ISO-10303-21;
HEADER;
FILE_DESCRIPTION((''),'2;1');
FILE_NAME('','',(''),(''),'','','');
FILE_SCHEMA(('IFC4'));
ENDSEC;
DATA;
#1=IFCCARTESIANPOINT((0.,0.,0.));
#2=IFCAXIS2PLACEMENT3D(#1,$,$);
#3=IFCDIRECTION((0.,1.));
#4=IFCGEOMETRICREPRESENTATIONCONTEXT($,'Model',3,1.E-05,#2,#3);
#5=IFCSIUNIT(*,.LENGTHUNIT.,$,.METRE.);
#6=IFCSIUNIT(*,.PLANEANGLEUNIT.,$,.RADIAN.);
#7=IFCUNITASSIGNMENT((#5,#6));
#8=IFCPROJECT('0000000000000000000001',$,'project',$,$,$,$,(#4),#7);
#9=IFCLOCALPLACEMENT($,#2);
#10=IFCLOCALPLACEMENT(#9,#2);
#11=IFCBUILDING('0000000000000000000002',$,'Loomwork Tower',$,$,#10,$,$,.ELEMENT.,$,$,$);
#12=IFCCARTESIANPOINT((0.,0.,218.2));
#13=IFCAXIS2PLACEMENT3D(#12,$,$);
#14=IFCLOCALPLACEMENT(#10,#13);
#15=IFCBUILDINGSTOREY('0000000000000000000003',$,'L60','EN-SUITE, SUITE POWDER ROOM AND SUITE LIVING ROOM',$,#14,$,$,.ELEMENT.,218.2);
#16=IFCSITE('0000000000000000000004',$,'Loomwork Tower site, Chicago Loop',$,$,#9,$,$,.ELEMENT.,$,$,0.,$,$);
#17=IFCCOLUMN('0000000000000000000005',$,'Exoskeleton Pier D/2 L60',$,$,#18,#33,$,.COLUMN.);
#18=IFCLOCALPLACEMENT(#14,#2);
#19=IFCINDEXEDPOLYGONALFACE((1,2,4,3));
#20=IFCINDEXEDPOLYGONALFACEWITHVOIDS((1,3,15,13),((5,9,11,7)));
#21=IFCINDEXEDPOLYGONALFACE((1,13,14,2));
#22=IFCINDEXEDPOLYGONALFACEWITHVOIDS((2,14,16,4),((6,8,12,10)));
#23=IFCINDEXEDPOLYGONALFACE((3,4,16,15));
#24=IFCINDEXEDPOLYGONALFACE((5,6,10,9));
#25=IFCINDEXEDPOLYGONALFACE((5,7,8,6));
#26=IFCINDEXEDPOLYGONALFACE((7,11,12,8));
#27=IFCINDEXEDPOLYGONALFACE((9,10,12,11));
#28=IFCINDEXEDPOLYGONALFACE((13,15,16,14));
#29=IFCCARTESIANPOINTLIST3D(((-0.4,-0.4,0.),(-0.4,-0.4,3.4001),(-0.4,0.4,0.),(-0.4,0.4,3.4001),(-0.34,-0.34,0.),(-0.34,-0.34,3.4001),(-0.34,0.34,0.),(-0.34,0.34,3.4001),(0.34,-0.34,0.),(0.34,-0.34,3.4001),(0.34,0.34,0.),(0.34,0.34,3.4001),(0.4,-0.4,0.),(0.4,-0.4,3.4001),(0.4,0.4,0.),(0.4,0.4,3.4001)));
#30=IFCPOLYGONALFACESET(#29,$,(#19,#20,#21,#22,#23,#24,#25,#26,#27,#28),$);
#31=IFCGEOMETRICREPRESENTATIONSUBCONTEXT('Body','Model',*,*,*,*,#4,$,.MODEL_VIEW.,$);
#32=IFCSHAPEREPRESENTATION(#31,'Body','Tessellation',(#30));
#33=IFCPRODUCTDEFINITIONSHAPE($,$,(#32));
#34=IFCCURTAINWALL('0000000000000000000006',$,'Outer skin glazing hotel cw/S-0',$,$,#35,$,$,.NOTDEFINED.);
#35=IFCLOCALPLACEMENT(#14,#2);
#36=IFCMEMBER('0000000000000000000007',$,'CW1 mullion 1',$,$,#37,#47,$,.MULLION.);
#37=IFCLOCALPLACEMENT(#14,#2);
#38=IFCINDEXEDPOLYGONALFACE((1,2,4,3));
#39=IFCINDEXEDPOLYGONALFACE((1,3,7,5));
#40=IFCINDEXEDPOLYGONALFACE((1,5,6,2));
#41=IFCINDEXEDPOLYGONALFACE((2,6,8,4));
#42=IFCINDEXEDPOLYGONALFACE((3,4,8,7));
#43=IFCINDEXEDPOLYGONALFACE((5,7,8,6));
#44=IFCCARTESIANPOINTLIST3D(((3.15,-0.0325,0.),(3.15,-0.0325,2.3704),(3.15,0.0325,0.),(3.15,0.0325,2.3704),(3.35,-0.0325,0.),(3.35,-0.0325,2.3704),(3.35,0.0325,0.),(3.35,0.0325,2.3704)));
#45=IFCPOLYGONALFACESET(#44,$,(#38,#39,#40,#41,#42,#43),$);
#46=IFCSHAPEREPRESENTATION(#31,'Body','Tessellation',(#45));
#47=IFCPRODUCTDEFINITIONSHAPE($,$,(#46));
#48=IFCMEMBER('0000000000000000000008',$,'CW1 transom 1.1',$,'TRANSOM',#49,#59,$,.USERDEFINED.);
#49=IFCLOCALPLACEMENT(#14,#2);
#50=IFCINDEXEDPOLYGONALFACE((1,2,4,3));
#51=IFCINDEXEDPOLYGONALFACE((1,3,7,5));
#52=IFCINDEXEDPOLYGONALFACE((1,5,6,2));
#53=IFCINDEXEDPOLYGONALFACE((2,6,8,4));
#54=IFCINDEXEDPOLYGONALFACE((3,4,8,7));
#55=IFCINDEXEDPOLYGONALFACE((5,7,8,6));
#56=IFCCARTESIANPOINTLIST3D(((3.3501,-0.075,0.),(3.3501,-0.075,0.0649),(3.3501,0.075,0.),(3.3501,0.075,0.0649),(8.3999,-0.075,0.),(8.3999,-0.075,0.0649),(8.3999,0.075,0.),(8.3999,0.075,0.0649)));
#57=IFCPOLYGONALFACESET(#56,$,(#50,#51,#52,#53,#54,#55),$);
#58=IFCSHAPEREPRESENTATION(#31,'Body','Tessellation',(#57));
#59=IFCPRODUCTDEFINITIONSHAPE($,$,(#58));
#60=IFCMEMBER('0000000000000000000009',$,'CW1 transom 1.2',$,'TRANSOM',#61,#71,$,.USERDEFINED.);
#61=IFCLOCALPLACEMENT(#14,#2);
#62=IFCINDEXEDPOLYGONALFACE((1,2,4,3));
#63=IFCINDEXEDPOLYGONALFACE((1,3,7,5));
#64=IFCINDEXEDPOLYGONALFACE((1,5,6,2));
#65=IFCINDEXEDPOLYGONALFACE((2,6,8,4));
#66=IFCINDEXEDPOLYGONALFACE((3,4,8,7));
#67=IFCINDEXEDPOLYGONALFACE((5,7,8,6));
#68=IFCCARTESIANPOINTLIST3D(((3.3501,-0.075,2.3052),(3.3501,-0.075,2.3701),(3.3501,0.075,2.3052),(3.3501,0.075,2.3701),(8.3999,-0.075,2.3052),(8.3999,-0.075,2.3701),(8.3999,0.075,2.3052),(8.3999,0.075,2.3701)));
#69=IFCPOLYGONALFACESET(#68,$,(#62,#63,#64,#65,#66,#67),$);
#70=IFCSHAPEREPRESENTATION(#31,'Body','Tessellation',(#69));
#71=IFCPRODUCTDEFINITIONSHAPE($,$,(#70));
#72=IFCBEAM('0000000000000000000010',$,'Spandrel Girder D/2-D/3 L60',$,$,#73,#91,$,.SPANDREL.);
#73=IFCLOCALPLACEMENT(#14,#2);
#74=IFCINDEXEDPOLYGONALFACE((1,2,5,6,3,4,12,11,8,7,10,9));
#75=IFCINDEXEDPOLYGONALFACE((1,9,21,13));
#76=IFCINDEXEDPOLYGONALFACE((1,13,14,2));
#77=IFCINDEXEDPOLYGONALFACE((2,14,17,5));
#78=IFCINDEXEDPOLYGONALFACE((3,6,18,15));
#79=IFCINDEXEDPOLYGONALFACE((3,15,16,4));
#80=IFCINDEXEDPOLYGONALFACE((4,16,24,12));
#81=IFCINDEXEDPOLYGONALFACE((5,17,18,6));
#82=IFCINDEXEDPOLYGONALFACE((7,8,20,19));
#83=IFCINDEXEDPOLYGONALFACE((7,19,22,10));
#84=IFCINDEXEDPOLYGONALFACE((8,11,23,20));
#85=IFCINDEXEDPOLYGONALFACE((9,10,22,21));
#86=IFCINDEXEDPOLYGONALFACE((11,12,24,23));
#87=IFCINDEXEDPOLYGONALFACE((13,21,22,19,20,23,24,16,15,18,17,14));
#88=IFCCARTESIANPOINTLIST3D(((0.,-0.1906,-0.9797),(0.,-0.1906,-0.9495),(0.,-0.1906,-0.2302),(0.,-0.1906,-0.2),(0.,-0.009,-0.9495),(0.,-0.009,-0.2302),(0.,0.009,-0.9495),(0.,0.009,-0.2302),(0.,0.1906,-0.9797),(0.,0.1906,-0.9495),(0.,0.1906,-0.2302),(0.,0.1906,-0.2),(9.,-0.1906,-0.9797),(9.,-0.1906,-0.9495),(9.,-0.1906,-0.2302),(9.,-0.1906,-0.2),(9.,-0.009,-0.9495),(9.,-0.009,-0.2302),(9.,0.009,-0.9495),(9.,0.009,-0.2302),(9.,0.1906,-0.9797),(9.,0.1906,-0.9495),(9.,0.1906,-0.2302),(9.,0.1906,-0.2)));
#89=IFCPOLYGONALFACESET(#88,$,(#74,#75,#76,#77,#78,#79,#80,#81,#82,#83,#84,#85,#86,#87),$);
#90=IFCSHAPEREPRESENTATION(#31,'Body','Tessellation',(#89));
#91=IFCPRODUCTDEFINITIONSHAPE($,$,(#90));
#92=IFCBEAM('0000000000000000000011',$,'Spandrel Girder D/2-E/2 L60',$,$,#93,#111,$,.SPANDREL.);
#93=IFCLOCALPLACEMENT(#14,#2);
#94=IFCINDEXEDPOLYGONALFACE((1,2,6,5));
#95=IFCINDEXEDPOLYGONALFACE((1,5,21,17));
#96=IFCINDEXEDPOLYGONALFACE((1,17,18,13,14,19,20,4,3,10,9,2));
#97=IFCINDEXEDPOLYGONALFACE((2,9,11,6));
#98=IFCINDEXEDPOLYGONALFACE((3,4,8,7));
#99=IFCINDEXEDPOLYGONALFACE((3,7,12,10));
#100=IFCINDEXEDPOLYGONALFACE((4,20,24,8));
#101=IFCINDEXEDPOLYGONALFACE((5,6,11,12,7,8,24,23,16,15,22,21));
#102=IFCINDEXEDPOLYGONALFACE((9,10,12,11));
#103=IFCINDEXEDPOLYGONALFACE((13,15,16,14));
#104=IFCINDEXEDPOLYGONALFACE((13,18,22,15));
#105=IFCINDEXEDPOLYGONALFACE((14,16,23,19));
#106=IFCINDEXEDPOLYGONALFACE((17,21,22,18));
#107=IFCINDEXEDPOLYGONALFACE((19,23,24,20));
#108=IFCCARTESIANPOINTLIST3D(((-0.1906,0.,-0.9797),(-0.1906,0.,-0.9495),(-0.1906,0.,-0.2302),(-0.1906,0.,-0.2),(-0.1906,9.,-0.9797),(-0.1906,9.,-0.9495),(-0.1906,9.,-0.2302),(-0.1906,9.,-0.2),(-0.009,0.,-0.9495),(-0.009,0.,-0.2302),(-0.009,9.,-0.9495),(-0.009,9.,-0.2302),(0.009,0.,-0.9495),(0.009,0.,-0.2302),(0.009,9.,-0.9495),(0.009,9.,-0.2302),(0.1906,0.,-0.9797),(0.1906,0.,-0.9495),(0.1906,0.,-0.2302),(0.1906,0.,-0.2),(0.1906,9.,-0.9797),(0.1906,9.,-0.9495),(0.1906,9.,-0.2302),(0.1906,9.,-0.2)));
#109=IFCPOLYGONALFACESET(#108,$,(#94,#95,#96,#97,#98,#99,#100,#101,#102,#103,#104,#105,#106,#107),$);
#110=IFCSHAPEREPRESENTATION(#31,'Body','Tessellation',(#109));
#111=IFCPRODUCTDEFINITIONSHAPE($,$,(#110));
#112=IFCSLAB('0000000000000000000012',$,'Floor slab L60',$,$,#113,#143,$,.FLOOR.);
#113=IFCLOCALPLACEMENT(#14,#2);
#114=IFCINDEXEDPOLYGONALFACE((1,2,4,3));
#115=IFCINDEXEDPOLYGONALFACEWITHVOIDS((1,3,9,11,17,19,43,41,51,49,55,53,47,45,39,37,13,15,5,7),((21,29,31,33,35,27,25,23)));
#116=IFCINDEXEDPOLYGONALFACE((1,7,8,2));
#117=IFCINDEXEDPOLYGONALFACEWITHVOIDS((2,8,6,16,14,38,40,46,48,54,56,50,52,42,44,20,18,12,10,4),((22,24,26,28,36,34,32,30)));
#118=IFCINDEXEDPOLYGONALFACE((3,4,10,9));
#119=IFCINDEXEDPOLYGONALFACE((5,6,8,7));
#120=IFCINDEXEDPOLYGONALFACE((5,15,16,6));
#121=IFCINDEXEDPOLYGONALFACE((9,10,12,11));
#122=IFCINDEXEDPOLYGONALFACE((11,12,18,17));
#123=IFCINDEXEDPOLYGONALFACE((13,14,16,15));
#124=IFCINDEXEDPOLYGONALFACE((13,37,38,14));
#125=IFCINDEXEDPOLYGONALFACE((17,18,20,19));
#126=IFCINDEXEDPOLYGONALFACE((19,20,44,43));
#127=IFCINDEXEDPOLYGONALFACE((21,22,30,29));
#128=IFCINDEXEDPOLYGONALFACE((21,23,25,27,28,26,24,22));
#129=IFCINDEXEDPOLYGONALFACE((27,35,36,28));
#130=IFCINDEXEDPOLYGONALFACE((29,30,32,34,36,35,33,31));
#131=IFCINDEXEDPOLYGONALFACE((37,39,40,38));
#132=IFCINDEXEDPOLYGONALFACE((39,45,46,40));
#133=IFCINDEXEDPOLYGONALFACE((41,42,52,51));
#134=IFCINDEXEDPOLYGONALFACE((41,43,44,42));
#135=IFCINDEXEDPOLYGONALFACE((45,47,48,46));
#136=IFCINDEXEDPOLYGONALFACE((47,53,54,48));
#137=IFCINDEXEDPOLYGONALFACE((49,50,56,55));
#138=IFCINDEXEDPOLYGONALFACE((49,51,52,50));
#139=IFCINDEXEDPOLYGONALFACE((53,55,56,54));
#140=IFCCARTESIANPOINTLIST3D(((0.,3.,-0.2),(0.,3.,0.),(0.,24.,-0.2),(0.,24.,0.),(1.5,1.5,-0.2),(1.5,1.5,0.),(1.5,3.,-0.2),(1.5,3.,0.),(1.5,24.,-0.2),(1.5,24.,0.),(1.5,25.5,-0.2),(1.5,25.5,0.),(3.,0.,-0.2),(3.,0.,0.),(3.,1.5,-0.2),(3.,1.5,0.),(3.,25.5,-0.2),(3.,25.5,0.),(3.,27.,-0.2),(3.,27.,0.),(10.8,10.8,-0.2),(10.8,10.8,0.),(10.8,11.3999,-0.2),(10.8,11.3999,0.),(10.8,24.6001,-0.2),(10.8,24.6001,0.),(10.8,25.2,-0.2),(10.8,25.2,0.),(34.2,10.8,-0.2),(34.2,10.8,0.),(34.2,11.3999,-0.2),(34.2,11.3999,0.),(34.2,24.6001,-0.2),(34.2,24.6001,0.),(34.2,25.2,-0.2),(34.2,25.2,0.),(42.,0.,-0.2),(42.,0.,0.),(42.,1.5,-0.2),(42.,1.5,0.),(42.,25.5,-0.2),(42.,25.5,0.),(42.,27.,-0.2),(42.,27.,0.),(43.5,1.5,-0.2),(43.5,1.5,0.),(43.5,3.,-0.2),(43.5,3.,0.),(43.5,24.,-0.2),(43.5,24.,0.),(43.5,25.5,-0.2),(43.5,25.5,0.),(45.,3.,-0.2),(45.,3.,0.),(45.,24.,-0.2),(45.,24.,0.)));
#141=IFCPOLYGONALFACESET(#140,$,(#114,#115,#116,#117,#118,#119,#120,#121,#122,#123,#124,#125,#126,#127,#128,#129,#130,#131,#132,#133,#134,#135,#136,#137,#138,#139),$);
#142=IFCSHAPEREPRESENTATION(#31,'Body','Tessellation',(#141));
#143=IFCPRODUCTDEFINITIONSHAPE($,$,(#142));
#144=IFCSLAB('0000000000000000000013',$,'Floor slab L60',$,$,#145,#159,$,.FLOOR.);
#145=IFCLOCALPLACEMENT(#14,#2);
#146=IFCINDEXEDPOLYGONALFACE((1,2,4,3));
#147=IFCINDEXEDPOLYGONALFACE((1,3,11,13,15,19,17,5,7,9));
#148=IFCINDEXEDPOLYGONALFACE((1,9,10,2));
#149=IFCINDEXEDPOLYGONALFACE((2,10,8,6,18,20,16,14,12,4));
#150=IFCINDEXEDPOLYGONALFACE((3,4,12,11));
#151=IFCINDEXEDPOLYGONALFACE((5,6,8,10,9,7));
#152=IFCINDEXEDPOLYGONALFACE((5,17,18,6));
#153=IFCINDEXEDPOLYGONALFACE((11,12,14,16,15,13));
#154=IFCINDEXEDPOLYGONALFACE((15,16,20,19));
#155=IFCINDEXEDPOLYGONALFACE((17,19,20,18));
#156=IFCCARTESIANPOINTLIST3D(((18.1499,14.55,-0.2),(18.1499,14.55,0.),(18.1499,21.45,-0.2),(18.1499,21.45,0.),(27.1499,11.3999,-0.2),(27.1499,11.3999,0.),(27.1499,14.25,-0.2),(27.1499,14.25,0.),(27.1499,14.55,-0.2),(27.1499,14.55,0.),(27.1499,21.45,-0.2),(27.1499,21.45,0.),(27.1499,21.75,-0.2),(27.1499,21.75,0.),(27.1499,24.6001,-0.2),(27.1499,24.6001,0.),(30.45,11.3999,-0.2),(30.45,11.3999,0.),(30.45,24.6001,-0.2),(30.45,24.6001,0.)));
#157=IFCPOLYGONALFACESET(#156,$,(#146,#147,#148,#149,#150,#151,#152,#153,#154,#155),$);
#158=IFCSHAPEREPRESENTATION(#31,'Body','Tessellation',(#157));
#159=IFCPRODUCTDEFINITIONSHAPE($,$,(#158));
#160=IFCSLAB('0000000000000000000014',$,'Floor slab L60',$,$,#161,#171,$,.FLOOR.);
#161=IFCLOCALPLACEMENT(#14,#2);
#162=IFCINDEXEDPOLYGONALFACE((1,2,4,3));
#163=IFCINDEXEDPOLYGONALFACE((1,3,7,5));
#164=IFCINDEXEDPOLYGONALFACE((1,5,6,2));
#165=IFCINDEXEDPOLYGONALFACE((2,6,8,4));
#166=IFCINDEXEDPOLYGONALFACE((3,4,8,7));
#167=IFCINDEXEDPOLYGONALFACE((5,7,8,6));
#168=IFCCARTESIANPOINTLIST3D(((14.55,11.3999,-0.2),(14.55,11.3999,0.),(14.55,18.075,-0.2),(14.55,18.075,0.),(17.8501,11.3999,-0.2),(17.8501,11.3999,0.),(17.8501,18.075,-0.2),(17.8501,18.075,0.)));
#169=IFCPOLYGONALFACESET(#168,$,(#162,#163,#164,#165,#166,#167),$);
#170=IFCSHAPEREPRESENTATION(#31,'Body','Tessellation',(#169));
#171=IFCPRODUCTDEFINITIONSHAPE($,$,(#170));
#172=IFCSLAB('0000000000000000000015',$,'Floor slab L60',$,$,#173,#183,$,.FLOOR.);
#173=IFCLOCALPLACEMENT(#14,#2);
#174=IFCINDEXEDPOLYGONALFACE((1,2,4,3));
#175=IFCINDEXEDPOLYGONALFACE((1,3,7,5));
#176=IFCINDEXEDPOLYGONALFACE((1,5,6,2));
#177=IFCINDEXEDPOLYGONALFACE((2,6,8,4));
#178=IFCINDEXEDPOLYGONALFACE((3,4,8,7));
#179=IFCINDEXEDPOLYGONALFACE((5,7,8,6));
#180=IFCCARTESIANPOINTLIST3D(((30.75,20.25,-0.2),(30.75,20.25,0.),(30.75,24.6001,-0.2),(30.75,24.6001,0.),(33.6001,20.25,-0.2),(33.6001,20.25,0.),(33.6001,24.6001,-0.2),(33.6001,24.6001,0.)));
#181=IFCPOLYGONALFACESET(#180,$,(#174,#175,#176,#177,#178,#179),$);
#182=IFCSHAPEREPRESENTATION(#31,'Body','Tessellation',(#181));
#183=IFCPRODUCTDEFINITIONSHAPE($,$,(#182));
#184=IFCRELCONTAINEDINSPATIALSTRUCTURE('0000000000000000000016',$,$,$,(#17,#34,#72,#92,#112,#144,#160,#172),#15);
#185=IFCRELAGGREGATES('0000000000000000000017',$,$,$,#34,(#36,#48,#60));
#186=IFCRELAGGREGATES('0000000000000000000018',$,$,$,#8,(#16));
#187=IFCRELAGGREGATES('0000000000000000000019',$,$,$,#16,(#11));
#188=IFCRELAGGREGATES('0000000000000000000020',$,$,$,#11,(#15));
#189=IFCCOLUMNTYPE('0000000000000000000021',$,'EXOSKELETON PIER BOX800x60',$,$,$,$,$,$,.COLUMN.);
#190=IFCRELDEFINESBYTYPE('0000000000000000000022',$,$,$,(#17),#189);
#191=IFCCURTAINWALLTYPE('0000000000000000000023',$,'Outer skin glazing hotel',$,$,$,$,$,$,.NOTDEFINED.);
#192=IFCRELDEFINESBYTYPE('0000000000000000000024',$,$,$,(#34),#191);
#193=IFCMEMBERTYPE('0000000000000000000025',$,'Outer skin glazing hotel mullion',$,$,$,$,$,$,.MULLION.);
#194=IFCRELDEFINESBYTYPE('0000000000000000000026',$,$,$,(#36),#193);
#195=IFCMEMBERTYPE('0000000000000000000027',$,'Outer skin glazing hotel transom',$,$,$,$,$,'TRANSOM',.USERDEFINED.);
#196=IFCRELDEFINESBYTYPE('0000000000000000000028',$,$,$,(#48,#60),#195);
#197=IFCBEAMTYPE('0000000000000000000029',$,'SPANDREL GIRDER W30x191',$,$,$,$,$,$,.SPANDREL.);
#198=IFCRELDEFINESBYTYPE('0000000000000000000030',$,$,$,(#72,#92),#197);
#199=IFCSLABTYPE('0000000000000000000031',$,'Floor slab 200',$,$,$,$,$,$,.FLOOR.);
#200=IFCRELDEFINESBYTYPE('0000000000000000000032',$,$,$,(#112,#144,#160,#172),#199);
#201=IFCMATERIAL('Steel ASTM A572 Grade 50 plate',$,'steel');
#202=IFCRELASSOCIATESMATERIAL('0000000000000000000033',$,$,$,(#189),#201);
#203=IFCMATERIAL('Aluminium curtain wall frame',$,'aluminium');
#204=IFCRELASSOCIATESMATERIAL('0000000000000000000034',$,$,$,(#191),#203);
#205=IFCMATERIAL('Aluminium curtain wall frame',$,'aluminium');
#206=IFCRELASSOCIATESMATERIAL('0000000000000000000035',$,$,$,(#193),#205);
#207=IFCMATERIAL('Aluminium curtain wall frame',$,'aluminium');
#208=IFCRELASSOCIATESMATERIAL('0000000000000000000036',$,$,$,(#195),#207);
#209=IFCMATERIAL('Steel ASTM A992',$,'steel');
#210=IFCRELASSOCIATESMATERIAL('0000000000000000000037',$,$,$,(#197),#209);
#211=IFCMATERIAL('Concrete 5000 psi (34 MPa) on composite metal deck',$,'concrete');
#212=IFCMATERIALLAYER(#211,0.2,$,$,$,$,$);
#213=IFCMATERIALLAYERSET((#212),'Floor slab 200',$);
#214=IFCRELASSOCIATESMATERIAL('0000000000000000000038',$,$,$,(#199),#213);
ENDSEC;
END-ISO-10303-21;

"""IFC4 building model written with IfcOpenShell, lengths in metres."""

from ifc_helpers import new_model, si_unit, direction, frame, origin, origin_with_axes, origin_2d, place, context, subcontext, project, spatial, polyline, rectangle, hollow_rectangle, i_section, outline, extrude, material, layer, layer_set, material_profile, profile_set, type_object, element, aggregate, save


model = new_model("IFC4")

# Units and contexts
model_context = context("Model", 3, precision=1e-05, world=origin(), true_north=direction((0.0, 1.0)))
body_context = subcontext(model_context, "Body", "Model", "MODEL_VIEW")
ifc_project = project(units=[si_unit("LENGTHUNIT", "METRE"), si_unit("PLANEANGLEUNIT", "RADIAN")], contexts=[model_context])

# Site, building, storey
site_placement = place(None, origin())
site = spatial("IfcSite", under=ifc_project, at=site_placement, Name="Loomwork Tower site, Chicago Loop", CompositionType="ELEMENT", RefElevation=0.0)
building_placement = place(site_placement, origin())
building = spatial("IfcBuilding", under=site, at=building_placement, Name="Loomwork Tower", CompositionType="ELEMENT")
storey_placement = place(building_placement, frame((0.0, 0.0, 218.2)))
storey = spatial("IfcBuildingStorey", under=building, at=storey_placement, Name="L60", Description="EN-SUITE, SUITE POWDER ROOM AND SUITE LIVING ROOM", CompositionType="ELEMENT", Elevation=218.2)

# Column
ifc_material_1 = material(Name="Steel ASTM A572 Grade 50 plate", Category="steel")
ifc_material_profile_1 = material_profile(ifc_material_1, hollow_rectangle(XDim=0.8, YDim=0.8, WallThickness=0.0601, at=origin_2d()), Name="BOX800x60")
ifc_profile_set_1 = profile_set([ifc_material_profile_1], Name="Steel ASTM A572 Grade 50 plate")
column_type = type_object("IfcColumnType", Name="EXOSKELETON PIER BOX800x60", PredefinedType="COLUMN", material=ifc_profile_set_1)
column_placement = place(storey_placement, origin_with_axes())
element("IfcColumn", 1, at=column_placement, inside=storey, type_object=column_type, Name="Exoskeleton Pier D/2 L60", PredefinedType="COLUMN", context=body_context, shape_type="SweptSolid", body=[
    extrude(hollow_rectangle(XDim=0.8, YDim=0.8, WallThickness=0.0601, at=origin_2d()), origin(), (0.0, 0.0, 1.0), 3.4001),
])

# Curtain wall, members
ifc_material_2 = material(Name="Aluminium curtain wall frame", Category="aluminium")
curtain_wall_type = type_object("IfcCurtainWallType", Name="Outer skin glazing hotel", PredefinedType="NOTDEFINED", material=ifc_material_2)
curtain_wall_placement = place(storey_placement, origin())
curtain_wall = element("IfcCurtainWall", 2, at=curtain_wall_placement, inside=storey, type_object=curtain_wall_type, Name="Outer skin glazing hotel cw/S-0", PredefinedType="NOTDEFINED")
ifc_material_3 = material(Name="Aluminium curtain wall frame", Category="aluminium")
ifc_material_profile_2 = material_profile(ifc_material_3, rectangle(XDim=0.0649, YDim=0.2, at=origin_2d()), Name="AL 65x200")
ifc_profile_set_2 = profile_set([ifc_material_profile_2], Name="Aluminium curtain wall frame")
member_type_1 = type_object("IfcMemberType", Name="Outer skin glazing hotel mullion", PredefinedType="MULLION", material=ifc_profile_set_2)
member_1_placement = place(storey_placement, frame((3.25, 0.0, 0.0), z_axis=(0.0, 0.0, 1.0), x_axis=(0.0, 1.0, 0.0)))
member_1 = element("IfcMember", 3, at=member_1_placement, type_object=member_type_1, Name="CW1 mullion 1", PredefinedType="MULLION", context=body_context, shape_type="SweptSolid", body=[
    extrude(rectangle(XDim=0.0649, YDim=0.2, at=origin_2d()), origin(), (0.0, 0.0, 1.0), 2.3704),
])
ifc_material_4 = material(Name="Aluminium curtain wall frame", Category="aluminium")
ifc_material_profile_3 = material_profile(ifc_material_4, rectangle(XDim=0.1499, YDim=0.0649, at=origin_2d()), Name="AL 65x150")
ifc_profile_set_3 = profile_set([ifc_material_profile_3], Name="Aluminium curtain wall frame")
member_type_2 = type_object("IfcMemberType", Name="Outer skin glazing hotel transom", ElementType="TRANSOM", PredefinedType="USERDEFINED", material=ifc_profile_set_3)
member_2_placement = place(storey_placement, frame((3.3501, 0.0, 0.0325), z_axis=(1.0, 0.0, 0.0), x_axis=(0.0, 1.0, 0.0)))
member_2 = element("IfcMember", 4, at=member_2_placement, type_object=member_type_2, Name="CW1 transom 1.1", ObjectType="TRANSOM", PredefinedType="USERDEFINED", context=body_context, shape_type="SweptSolid", body=[
    extrude(rectangle(XDim=0.1499, YDim=0.0649, at=origin_2d()), origin(), (0.0, 0.0, 1.0), 5.0498),
])
member_3_placement = place(storey_placement, frame((3.3501, 0.0, 2.3376), z_axis=(1.0, 0.0, 0.0), x_axis=(0.0, 1.0, 0.0)))
member_3 = element("IfcMember", 5, at=member_3_placement, type_object=member_type_2, Name="CW1 transom 1.2", ObjectType="TRANSOM", PredefinedType="USERDEFINED", context=body_context, shape_type="SweptSolid", body=[
    extrude(rectangle(XDim=0.1499, YDim=0.0649, at=origin_2d()), origin(), (0.0, 0.0, 1.0), 5.0498),
])
aggregate(curtain_wall, [member_1, member_2, member_3])

# Beams
ifc_material_5 = material(Name="Steel ASTM A992", Category="steel")
ifc_material_profile_4 = material_profile(ifc_material_5, i_section(OverallWidth=0.3811, OverallDepth=0.7798, WebThickness=0.0181, FlangeThickness=0.0303, at=origin_2d()), Name="W30x191")
ifc_profile_set_4 = profile_set([ifc_material_profile_4], Name="Steel ASTM A992")
beam_type = type_object("IfcBeamType", Name="SPANDREL GIRDER W30x191", PredefinedType="SPANDREL", material=ifc_profile_set_4)
for number, where, z_axis, x_axis, name in (
    (6, (0.0, 0.0, -0.5898), (1.0, 0.0, 0.0), (0.0, 1.0, 0.0), "Spandrel Girder D/2-D/3 L60"),
    (7, (0.0, 0.0, -0.5898), (0.0, 1.0, 0.0), (-1.0, 0.0, 0.0), "Spandrel Girder D/2-E/2 L60"),
):
    element("IfcBeam", number, at=place(storey_placement, frame(where, z_axis=z_axis, x_axis=x_axis)), inside=storey, type_object=beam_type, Name=name, PredefinedType="SPANDREL", context=body_context, shape_type="SweptSolid", body=[
        extrude(i_section(OverallWidth=0.3811, OverallDepth=0.7798, WebThickness=0.0181, FlangeThickness=0.0303, at=origin_2d()), origin(), (0.0, 0.0, 1.0), 9.0),
    ])

# Slabs
ifc_material_6 = material(Name="Concrete 5000 psi (34 MPa) on composite metal deck", Category="concrete")
ifc_layer_1 = layer(ifc_material_6, 0.2)
ifc_layer_set_1 = layer_set([ifc_layer_1], Name="Floor slab 200")
slab_type_1 = type_object("IfcSlabType", Name="Floor slab 200", PredefinedType="FLOOR", material=ifc_layer_set_1)
slab_1_placement = place(storey_placement, frame((0.0, 0.0, -0.2)))
element("IfcSlab", 8, at=slab_1_placement, inside=storey, type_object=slab_type_1, Name="Floor slab L60", PredefinedType="FLOOR", context=body_context, shape_type="SweptSolid", body=[
    extrude(outline(polyline([(3.0, 1.5), (1.5, 1.5), (1.5, 3.0), (0.0, 3.0), (0.0, 24.0), (1.5, 24.0), (1.5, 25.5), (3.0, 25.5), (3.0, 27.0), (42.0, 27.0), (42.0, 25.5), (43.5, 25.5), (43.5, 24.0), (45.0, 24.0), (45.0, 3.0), (43.5, 3.0), (43.5, 1.5), (42.0, 1.5), (42.0, 0.0), (3.0, 0.0), (3.0, 1.5)]), holes=[polyline([(10.8, 11.3999), (10.8, 11.3999), (10.8, 10.8), (34.2, 10.8), (34.2, 11.3999), (34.2, 11.3999), (34.2, 24.6001), (34.2, 25.2), (10.8, 25.2), (10.8, 24.6001), (10.8, 11.3999)])]), origin(), (0.0, 0.0, 1.0), 0.2),
])
slab_2_placement = place(storey_placement, frame((0.0, 0.0, -0.2)))
element("IfcSlab", 9, at=slab_2_placement, inside=storey, type_object=slab_type_1, Name="Floor slab L60", PredefinedType="FLOOR", context=body_context, shape_type="SweptSolid", body=[
    extrude(outline(polyline([(30.45, 24.6001), (30.45, 11.3999), (27.1499, 11.3999), (27.1499, 14.25), (27.1499, 14.55), (18.1499, 14.55), (18.1499, 21.45), (27.1499, 21.45), (27.1499, 21.75), (27.1499, 24.6001), (30.45, 24.6001)])), origin(), (0.0, 0.0, 1.0), 0.2),
])
slab_3_placement = place(storey_placement, frame((0.0, 0.0, -0.2)))
element("IfcSlab", 10, at=slab_3_placement, inside=storey, type_object=slab_type_1, Name="Floor slab L60", PredefinedType="FLOOR", context=body_context, shape_type="SweptSolid", body=[
    extrude(outline(polyline([(14.55, 11.3999), (14.55, 18.075), (17.8501, 18.075), (17.8501, 11.3999), (14.55, 11.3999)])), origin(), (0.0, 0.0, 1.0), 0.2),
])
slab_4_placement = place(storey_placement, frame((0.0, 0.0, -0.2)))
element("IfcSlab", 11, at=slab_4_placement, inside=storey, type_object=slab_type_1, Name="Floor slab L60", PredefinedType="FLOOR", context=body_context, shape_type="SweptSolid", body=[
    extrude(outline(polyline([(33.6001, 20.25), (30.75, 20.25), (30.75, 24.6001), (33.6001, 24.6001), (33.6001, 20.25)])), origin(), (0.0, 0.0, 1.0), 0.2),
])

save(model, "model.ifc")
